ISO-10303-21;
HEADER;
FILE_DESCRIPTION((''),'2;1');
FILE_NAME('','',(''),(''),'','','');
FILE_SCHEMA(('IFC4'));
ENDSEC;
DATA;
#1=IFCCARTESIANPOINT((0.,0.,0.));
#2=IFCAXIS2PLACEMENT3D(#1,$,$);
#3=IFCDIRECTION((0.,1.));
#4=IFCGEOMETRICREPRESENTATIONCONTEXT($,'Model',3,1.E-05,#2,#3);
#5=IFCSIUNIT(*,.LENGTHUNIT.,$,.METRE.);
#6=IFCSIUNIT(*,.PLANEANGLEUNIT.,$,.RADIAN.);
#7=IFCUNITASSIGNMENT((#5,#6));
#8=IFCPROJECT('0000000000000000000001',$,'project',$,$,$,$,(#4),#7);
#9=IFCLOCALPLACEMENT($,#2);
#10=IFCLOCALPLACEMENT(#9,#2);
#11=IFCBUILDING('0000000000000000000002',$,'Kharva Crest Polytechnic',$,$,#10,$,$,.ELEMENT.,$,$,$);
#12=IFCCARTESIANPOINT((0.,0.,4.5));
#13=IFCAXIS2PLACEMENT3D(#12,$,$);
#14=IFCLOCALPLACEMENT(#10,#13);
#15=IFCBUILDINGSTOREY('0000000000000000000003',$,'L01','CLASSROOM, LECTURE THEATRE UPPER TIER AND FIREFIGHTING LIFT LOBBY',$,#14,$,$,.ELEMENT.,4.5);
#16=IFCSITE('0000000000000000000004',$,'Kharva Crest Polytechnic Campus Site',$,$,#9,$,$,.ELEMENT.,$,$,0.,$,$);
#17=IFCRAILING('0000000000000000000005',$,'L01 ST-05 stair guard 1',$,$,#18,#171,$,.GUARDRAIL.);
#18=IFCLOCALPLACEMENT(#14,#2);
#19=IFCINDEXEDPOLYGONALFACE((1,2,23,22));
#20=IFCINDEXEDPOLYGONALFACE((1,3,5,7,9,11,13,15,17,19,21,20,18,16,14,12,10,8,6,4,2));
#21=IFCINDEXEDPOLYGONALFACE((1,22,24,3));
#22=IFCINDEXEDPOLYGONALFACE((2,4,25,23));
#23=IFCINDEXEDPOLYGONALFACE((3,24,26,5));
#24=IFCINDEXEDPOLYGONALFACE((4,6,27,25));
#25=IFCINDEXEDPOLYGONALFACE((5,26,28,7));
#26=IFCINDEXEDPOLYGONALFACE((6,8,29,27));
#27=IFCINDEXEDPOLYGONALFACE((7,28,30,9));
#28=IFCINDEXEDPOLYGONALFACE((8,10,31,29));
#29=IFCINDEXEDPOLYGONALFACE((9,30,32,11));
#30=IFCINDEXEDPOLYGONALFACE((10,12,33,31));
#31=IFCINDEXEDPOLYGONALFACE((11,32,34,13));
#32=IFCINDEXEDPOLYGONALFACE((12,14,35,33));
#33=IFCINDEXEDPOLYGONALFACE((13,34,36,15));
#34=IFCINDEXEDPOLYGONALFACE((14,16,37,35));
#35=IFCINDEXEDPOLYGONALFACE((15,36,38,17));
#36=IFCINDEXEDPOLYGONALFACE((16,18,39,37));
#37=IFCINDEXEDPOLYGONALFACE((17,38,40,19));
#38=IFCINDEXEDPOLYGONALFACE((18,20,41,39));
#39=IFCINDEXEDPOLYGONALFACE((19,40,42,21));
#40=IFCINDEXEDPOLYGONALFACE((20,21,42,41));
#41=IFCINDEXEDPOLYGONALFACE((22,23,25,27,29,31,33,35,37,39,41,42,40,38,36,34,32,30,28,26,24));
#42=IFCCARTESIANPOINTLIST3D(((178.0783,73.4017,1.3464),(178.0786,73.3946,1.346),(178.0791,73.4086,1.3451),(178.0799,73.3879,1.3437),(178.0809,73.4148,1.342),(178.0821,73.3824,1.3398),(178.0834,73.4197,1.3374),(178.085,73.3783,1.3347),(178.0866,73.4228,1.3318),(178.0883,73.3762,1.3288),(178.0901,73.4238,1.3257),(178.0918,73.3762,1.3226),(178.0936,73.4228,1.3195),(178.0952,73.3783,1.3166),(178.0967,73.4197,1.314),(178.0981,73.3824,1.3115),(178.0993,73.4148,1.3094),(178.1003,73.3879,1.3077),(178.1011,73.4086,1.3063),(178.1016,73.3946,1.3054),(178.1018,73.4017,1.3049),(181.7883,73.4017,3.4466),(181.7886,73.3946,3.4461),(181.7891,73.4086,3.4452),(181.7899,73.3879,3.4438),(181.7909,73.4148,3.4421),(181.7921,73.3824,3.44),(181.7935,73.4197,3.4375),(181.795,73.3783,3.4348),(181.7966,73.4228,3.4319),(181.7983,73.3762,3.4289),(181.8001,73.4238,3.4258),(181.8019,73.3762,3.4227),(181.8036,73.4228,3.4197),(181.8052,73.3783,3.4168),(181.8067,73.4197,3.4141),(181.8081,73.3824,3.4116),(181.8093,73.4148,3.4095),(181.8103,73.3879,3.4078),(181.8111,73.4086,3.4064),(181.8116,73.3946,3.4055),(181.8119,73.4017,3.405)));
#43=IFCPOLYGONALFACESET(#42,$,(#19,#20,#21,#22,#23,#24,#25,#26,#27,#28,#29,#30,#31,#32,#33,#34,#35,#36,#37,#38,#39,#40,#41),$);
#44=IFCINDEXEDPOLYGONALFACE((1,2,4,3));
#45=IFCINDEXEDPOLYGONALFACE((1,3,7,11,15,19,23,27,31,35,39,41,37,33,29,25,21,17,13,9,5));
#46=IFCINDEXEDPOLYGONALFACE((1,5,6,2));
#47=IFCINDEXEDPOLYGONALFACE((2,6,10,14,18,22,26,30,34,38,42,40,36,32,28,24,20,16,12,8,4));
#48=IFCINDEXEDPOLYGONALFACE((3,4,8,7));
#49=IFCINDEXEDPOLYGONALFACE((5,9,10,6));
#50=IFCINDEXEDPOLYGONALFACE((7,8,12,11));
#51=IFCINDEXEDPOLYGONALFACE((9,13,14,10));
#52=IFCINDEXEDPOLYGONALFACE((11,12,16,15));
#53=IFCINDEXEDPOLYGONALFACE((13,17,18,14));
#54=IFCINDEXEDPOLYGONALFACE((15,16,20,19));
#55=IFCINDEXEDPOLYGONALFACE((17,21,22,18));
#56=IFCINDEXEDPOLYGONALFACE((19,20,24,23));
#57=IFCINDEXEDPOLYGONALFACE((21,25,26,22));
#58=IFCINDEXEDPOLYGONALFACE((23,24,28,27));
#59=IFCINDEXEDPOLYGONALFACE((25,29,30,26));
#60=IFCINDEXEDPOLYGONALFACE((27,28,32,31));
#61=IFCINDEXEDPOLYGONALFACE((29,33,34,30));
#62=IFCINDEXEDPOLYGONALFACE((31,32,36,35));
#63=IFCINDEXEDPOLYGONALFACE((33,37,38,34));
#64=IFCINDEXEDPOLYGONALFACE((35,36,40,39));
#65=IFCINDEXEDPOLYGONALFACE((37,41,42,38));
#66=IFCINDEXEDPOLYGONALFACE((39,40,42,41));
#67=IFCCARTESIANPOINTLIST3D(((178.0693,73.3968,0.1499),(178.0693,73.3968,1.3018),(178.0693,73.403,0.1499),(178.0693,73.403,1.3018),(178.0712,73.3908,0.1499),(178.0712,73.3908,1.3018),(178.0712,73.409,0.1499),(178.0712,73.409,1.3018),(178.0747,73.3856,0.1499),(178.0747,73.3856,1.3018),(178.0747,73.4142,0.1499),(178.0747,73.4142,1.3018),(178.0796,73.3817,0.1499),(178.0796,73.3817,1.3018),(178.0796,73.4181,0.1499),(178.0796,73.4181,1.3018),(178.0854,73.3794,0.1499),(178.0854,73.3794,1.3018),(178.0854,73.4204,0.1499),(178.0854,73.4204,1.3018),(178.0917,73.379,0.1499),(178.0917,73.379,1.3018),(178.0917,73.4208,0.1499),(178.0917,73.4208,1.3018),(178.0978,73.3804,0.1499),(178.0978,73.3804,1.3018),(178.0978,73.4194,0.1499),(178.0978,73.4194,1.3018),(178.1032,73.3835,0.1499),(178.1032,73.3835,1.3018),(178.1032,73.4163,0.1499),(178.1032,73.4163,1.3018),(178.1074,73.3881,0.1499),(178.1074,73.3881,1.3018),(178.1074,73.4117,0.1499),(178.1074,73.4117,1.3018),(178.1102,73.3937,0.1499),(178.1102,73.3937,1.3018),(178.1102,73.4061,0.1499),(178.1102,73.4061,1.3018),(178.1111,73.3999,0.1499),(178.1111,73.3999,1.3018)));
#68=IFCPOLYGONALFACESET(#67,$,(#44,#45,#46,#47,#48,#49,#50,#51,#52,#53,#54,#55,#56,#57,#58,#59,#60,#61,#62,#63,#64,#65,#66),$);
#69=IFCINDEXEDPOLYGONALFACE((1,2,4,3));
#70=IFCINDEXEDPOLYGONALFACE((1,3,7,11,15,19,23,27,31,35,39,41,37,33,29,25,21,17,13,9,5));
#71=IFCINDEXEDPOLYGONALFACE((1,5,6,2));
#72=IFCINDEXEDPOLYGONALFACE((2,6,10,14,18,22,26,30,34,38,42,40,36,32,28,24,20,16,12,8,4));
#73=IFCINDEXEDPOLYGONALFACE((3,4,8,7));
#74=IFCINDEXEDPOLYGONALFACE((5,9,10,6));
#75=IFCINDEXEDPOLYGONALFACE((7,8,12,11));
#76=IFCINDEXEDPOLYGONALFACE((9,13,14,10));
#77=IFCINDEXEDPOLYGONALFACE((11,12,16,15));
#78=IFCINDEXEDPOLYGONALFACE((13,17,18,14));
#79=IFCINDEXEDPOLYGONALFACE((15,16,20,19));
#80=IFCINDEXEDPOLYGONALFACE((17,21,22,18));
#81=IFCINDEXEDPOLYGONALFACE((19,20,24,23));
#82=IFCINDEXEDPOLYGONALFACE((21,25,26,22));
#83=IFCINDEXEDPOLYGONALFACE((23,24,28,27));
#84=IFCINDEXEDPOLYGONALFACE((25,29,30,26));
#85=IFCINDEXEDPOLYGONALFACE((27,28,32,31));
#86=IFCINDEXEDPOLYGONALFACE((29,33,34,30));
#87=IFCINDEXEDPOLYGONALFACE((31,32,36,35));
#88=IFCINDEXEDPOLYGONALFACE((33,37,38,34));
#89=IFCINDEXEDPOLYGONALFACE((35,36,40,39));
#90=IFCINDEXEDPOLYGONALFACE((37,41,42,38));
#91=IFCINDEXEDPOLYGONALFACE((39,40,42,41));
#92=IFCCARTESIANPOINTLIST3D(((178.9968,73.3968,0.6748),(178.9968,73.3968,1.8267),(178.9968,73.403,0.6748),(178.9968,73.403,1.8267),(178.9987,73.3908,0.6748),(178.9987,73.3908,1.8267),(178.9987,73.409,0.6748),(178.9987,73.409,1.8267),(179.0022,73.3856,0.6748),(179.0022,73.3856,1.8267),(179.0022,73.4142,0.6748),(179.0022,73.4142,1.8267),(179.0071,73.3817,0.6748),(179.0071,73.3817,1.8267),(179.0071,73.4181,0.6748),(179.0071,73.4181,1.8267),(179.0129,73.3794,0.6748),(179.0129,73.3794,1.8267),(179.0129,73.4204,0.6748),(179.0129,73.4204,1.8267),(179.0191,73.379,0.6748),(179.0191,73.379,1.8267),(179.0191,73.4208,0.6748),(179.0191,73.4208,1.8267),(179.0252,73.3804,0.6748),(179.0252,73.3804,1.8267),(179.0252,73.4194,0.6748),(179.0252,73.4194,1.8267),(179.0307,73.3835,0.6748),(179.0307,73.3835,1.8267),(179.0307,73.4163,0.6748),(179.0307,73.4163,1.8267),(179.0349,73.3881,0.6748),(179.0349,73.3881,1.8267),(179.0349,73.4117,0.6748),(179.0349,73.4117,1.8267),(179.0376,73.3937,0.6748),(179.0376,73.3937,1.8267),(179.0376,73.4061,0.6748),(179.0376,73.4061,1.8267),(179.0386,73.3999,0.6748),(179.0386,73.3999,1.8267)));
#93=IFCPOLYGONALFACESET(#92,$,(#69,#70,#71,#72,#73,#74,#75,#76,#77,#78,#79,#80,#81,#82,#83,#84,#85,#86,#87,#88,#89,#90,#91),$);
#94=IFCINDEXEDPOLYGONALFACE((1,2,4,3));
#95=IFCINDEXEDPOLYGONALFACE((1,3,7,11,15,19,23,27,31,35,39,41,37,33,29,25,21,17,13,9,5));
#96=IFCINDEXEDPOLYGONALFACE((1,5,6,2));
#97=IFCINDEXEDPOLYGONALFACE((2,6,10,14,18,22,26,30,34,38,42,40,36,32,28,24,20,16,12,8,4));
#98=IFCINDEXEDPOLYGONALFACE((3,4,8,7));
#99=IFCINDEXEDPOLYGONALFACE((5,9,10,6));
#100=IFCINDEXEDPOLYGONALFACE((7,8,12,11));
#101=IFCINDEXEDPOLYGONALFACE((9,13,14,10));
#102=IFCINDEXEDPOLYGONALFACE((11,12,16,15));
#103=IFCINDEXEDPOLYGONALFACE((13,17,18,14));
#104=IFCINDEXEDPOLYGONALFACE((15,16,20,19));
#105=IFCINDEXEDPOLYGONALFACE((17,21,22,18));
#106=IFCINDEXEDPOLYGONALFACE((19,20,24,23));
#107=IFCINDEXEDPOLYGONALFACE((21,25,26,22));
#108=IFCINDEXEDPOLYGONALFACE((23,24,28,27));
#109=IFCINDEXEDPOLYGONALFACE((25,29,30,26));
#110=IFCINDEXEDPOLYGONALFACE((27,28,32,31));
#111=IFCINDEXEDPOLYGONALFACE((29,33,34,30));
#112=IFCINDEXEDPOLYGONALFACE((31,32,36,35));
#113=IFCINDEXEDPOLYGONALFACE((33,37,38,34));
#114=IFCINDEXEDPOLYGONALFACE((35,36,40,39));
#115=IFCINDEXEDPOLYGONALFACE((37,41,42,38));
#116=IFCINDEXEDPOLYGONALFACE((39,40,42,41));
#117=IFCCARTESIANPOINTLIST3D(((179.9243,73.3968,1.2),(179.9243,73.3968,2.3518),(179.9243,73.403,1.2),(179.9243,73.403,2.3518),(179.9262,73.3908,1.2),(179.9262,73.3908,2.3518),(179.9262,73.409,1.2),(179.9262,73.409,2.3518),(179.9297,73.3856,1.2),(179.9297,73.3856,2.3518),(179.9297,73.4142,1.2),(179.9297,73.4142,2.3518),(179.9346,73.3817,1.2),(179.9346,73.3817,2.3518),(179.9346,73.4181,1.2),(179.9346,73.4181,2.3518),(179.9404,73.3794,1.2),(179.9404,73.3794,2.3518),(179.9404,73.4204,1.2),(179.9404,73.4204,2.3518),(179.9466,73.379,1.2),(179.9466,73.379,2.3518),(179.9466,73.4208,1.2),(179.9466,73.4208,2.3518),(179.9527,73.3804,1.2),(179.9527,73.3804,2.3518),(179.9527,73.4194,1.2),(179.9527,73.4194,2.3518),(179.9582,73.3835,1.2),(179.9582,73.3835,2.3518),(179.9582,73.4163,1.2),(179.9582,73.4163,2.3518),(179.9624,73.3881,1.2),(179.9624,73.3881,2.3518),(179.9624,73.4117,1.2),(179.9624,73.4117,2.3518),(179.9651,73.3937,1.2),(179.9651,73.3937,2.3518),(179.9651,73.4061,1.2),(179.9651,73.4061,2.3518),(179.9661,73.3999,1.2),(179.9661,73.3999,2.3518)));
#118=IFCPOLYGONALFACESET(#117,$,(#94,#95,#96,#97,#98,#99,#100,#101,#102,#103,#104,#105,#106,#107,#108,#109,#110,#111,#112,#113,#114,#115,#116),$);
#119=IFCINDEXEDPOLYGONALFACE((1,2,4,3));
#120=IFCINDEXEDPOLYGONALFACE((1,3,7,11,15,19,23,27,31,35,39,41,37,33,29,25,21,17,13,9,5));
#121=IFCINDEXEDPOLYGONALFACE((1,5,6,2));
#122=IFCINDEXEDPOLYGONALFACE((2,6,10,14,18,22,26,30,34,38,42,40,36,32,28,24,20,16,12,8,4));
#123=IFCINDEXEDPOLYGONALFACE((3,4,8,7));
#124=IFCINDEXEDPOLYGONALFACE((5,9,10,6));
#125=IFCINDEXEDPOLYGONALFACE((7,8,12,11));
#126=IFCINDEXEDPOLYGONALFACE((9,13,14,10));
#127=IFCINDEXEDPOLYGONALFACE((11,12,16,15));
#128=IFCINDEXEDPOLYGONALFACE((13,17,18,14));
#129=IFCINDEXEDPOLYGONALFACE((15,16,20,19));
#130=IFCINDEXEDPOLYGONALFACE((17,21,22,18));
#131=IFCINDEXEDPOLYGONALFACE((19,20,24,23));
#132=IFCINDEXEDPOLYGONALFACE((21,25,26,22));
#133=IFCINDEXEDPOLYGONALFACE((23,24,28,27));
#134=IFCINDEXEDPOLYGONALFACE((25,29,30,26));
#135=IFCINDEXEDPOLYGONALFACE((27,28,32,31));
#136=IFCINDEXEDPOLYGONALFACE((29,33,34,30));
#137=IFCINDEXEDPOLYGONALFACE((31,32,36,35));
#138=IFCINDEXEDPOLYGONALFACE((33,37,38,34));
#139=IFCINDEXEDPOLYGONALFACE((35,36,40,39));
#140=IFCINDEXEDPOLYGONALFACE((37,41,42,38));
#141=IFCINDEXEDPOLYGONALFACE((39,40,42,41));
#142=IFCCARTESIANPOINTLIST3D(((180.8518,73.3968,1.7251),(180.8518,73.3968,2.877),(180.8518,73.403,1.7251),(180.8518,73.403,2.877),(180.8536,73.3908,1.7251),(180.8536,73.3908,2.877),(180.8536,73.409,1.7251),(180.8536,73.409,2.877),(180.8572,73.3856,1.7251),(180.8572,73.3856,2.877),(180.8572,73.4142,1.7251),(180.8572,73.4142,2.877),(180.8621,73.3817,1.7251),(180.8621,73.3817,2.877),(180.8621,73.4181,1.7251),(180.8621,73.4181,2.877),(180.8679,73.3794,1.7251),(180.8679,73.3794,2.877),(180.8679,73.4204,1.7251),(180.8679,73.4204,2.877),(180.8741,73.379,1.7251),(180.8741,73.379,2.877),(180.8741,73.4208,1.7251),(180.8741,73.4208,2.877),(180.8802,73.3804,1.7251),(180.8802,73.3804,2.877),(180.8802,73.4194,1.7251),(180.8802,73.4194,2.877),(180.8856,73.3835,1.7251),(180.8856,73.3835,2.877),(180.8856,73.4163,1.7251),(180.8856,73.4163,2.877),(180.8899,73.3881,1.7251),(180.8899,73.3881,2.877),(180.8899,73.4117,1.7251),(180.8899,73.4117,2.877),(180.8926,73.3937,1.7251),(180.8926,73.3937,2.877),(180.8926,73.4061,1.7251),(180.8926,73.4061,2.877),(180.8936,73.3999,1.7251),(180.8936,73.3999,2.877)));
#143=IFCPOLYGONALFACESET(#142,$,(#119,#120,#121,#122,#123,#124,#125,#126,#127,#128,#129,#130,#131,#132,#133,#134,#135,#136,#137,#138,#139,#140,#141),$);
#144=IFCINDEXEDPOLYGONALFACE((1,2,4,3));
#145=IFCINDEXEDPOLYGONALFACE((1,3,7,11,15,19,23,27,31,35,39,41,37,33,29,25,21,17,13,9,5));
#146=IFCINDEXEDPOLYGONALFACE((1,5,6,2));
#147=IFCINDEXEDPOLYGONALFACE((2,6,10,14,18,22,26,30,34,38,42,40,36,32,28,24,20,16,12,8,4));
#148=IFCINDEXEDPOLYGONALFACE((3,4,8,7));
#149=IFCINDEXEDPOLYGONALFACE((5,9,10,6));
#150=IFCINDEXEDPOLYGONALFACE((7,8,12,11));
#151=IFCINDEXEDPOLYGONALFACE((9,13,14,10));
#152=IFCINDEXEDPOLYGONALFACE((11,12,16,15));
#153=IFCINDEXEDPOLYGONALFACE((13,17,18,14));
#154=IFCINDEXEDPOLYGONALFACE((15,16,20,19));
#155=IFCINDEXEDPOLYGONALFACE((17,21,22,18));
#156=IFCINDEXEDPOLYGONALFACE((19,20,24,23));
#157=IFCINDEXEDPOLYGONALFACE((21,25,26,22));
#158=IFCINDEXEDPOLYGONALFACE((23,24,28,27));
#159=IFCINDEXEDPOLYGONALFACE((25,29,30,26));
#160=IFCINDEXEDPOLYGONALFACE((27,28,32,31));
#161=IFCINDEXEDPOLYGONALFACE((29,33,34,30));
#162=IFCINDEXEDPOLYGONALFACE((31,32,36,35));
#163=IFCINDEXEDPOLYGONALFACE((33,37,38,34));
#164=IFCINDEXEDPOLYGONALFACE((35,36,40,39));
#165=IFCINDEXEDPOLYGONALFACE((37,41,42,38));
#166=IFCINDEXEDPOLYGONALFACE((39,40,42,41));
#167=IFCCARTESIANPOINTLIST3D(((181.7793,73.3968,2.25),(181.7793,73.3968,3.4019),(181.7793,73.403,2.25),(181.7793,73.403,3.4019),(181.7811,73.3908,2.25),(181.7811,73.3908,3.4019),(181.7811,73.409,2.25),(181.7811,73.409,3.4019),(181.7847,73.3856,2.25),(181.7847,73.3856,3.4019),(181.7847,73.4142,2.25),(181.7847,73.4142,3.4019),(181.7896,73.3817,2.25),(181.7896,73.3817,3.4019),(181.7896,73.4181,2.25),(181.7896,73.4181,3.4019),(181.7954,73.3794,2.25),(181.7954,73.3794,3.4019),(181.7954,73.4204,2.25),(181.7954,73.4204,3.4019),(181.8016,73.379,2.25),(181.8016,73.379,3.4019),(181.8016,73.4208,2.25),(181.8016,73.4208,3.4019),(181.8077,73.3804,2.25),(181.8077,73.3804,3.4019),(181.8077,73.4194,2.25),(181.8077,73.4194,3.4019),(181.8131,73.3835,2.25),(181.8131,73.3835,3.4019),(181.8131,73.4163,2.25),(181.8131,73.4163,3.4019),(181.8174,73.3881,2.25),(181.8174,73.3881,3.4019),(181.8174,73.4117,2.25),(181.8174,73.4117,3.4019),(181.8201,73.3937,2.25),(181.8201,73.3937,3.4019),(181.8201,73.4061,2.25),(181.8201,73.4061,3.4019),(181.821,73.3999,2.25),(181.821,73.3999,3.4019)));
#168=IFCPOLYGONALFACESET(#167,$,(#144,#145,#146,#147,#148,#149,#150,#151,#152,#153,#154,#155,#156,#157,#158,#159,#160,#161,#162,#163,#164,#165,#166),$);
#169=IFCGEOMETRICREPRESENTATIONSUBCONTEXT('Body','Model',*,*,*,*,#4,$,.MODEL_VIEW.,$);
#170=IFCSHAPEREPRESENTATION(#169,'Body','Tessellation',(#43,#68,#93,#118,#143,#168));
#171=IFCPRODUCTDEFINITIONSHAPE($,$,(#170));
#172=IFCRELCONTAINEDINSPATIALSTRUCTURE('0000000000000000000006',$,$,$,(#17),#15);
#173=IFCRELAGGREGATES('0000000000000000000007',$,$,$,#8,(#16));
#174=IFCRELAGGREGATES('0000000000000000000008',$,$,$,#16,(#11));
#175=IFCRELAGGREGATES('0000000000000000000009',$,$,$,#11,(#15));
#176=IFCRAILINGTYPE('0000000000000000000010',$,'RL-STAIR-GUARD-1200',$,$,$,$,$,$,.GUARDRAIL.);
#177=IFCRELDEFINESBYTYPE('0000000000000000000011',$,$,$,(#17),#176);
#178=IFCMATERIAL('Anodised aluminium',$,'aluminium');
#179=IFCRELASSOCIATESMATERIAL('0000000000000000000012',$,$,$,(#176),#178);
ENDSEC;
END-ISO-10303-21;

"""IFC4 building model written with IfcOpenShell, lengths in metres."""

from ifc_helpers import new_model, si_unit, direction, frame, origin, origin_2d, place, context, subcontext, project, spatial, circle, extrude, material, type_object, element, save


model = new_model("IFC4")

# Units and contexts
model_context = context("Model", 3, precision=1e-05, world=origin(), true_north=direction((0.0, 1.0)))
body_context = subcontext(model_context, "Body", "Model", "MODEL_VIEW")
ifc_project = project(units=[si_unit("LENGTHUNIT", "METRE"), si_unit("PLANEANGLEUNIT", "RADIAN")], contexts=[model_context])

# Site, building, storey
site_placement = place(None, origin())
site = spatial("IfcSite", under=ifc_project, at=site_placement, Name="Kharva Crest Polytechnic Campus Site", CompositionType="ELEMENT", RefElevation=0.0)
building_placement = place(site_placement, origin())
building = spatial("IfcBuilding", under=site, at=building_placement, Name="Kharva Crest Polytechnic", CompositionType="ELEMENT")
storey_placement = place(building_placement, frame((0.0, 0.0, 4.5)))
storey = spatial("IfcBuildingStorey", under=building, at=storey_placement, Name="L01", Description="CLASSROOM, LECTURE THEATRE UPPER TIER AND FIREFIGHTING LIFT LOBBY", CompositionType="ELEMENT", Elevation=4.5)

# Railing
ifc_material_1 = material(Name="Anodised aluminium", Category="aluminium")
railing_type_1 = type_object("IfcRailingType", Name="RL-STAIR-GUARD-1200", PredefinedType="GUARDRAIL", material=ifc_material_1)
railing_1_placement = place(storey_placement, frame((178.0901, 73.3999, 0.1499)))
element("IfcRailing", 1, at=railing_1_placement, inside=storey, type_object=railing_type_1, Name="L01 ST-05 stair guard 1", PredefinedType="GUARDRAIL", context=body_context, shape_type="SweptSolid", body=[
    extrude(circle(Radius=0.0239, at=origin_2d()), frame((0.0, 0.0, 1.1758), z_axis=(0.870245, 0.0, 0.492619), x_axis=(0.0, 1.0, 0.0)), (0.0, 0.0, 1.0), 4.2632),
    extrude(circle(Radius=0.021, at=origin_2d()), origin(), (0.0, 0.0, 1.0), 1.1519),
    extrude(circle(Radius=0.021, at=origin_2d()), frame((0.9275, 0.0, 0.5249)), (0.0, 0.0, 1.0), 1.1519),
    extrude(circle(Radius=0.021, at=origin_2d()), frame((1.855, 0.0, 1.05)), (0.0, 0.0, 1.0), 1.1519),
    extrude(circle(Radius=0.021, at=origin_2d()), frame((2.7825, 0.0, 1.5752)), (0.0, 0.0, 1.0), 1.1519),
    extrude(circle(Radius=0.021, at=origin_2d()), frame((3.71, 0.0, 2.1001)), (0.0, 0.0, 1.0), 1.1519),
])

save(model, "model.ifc")
